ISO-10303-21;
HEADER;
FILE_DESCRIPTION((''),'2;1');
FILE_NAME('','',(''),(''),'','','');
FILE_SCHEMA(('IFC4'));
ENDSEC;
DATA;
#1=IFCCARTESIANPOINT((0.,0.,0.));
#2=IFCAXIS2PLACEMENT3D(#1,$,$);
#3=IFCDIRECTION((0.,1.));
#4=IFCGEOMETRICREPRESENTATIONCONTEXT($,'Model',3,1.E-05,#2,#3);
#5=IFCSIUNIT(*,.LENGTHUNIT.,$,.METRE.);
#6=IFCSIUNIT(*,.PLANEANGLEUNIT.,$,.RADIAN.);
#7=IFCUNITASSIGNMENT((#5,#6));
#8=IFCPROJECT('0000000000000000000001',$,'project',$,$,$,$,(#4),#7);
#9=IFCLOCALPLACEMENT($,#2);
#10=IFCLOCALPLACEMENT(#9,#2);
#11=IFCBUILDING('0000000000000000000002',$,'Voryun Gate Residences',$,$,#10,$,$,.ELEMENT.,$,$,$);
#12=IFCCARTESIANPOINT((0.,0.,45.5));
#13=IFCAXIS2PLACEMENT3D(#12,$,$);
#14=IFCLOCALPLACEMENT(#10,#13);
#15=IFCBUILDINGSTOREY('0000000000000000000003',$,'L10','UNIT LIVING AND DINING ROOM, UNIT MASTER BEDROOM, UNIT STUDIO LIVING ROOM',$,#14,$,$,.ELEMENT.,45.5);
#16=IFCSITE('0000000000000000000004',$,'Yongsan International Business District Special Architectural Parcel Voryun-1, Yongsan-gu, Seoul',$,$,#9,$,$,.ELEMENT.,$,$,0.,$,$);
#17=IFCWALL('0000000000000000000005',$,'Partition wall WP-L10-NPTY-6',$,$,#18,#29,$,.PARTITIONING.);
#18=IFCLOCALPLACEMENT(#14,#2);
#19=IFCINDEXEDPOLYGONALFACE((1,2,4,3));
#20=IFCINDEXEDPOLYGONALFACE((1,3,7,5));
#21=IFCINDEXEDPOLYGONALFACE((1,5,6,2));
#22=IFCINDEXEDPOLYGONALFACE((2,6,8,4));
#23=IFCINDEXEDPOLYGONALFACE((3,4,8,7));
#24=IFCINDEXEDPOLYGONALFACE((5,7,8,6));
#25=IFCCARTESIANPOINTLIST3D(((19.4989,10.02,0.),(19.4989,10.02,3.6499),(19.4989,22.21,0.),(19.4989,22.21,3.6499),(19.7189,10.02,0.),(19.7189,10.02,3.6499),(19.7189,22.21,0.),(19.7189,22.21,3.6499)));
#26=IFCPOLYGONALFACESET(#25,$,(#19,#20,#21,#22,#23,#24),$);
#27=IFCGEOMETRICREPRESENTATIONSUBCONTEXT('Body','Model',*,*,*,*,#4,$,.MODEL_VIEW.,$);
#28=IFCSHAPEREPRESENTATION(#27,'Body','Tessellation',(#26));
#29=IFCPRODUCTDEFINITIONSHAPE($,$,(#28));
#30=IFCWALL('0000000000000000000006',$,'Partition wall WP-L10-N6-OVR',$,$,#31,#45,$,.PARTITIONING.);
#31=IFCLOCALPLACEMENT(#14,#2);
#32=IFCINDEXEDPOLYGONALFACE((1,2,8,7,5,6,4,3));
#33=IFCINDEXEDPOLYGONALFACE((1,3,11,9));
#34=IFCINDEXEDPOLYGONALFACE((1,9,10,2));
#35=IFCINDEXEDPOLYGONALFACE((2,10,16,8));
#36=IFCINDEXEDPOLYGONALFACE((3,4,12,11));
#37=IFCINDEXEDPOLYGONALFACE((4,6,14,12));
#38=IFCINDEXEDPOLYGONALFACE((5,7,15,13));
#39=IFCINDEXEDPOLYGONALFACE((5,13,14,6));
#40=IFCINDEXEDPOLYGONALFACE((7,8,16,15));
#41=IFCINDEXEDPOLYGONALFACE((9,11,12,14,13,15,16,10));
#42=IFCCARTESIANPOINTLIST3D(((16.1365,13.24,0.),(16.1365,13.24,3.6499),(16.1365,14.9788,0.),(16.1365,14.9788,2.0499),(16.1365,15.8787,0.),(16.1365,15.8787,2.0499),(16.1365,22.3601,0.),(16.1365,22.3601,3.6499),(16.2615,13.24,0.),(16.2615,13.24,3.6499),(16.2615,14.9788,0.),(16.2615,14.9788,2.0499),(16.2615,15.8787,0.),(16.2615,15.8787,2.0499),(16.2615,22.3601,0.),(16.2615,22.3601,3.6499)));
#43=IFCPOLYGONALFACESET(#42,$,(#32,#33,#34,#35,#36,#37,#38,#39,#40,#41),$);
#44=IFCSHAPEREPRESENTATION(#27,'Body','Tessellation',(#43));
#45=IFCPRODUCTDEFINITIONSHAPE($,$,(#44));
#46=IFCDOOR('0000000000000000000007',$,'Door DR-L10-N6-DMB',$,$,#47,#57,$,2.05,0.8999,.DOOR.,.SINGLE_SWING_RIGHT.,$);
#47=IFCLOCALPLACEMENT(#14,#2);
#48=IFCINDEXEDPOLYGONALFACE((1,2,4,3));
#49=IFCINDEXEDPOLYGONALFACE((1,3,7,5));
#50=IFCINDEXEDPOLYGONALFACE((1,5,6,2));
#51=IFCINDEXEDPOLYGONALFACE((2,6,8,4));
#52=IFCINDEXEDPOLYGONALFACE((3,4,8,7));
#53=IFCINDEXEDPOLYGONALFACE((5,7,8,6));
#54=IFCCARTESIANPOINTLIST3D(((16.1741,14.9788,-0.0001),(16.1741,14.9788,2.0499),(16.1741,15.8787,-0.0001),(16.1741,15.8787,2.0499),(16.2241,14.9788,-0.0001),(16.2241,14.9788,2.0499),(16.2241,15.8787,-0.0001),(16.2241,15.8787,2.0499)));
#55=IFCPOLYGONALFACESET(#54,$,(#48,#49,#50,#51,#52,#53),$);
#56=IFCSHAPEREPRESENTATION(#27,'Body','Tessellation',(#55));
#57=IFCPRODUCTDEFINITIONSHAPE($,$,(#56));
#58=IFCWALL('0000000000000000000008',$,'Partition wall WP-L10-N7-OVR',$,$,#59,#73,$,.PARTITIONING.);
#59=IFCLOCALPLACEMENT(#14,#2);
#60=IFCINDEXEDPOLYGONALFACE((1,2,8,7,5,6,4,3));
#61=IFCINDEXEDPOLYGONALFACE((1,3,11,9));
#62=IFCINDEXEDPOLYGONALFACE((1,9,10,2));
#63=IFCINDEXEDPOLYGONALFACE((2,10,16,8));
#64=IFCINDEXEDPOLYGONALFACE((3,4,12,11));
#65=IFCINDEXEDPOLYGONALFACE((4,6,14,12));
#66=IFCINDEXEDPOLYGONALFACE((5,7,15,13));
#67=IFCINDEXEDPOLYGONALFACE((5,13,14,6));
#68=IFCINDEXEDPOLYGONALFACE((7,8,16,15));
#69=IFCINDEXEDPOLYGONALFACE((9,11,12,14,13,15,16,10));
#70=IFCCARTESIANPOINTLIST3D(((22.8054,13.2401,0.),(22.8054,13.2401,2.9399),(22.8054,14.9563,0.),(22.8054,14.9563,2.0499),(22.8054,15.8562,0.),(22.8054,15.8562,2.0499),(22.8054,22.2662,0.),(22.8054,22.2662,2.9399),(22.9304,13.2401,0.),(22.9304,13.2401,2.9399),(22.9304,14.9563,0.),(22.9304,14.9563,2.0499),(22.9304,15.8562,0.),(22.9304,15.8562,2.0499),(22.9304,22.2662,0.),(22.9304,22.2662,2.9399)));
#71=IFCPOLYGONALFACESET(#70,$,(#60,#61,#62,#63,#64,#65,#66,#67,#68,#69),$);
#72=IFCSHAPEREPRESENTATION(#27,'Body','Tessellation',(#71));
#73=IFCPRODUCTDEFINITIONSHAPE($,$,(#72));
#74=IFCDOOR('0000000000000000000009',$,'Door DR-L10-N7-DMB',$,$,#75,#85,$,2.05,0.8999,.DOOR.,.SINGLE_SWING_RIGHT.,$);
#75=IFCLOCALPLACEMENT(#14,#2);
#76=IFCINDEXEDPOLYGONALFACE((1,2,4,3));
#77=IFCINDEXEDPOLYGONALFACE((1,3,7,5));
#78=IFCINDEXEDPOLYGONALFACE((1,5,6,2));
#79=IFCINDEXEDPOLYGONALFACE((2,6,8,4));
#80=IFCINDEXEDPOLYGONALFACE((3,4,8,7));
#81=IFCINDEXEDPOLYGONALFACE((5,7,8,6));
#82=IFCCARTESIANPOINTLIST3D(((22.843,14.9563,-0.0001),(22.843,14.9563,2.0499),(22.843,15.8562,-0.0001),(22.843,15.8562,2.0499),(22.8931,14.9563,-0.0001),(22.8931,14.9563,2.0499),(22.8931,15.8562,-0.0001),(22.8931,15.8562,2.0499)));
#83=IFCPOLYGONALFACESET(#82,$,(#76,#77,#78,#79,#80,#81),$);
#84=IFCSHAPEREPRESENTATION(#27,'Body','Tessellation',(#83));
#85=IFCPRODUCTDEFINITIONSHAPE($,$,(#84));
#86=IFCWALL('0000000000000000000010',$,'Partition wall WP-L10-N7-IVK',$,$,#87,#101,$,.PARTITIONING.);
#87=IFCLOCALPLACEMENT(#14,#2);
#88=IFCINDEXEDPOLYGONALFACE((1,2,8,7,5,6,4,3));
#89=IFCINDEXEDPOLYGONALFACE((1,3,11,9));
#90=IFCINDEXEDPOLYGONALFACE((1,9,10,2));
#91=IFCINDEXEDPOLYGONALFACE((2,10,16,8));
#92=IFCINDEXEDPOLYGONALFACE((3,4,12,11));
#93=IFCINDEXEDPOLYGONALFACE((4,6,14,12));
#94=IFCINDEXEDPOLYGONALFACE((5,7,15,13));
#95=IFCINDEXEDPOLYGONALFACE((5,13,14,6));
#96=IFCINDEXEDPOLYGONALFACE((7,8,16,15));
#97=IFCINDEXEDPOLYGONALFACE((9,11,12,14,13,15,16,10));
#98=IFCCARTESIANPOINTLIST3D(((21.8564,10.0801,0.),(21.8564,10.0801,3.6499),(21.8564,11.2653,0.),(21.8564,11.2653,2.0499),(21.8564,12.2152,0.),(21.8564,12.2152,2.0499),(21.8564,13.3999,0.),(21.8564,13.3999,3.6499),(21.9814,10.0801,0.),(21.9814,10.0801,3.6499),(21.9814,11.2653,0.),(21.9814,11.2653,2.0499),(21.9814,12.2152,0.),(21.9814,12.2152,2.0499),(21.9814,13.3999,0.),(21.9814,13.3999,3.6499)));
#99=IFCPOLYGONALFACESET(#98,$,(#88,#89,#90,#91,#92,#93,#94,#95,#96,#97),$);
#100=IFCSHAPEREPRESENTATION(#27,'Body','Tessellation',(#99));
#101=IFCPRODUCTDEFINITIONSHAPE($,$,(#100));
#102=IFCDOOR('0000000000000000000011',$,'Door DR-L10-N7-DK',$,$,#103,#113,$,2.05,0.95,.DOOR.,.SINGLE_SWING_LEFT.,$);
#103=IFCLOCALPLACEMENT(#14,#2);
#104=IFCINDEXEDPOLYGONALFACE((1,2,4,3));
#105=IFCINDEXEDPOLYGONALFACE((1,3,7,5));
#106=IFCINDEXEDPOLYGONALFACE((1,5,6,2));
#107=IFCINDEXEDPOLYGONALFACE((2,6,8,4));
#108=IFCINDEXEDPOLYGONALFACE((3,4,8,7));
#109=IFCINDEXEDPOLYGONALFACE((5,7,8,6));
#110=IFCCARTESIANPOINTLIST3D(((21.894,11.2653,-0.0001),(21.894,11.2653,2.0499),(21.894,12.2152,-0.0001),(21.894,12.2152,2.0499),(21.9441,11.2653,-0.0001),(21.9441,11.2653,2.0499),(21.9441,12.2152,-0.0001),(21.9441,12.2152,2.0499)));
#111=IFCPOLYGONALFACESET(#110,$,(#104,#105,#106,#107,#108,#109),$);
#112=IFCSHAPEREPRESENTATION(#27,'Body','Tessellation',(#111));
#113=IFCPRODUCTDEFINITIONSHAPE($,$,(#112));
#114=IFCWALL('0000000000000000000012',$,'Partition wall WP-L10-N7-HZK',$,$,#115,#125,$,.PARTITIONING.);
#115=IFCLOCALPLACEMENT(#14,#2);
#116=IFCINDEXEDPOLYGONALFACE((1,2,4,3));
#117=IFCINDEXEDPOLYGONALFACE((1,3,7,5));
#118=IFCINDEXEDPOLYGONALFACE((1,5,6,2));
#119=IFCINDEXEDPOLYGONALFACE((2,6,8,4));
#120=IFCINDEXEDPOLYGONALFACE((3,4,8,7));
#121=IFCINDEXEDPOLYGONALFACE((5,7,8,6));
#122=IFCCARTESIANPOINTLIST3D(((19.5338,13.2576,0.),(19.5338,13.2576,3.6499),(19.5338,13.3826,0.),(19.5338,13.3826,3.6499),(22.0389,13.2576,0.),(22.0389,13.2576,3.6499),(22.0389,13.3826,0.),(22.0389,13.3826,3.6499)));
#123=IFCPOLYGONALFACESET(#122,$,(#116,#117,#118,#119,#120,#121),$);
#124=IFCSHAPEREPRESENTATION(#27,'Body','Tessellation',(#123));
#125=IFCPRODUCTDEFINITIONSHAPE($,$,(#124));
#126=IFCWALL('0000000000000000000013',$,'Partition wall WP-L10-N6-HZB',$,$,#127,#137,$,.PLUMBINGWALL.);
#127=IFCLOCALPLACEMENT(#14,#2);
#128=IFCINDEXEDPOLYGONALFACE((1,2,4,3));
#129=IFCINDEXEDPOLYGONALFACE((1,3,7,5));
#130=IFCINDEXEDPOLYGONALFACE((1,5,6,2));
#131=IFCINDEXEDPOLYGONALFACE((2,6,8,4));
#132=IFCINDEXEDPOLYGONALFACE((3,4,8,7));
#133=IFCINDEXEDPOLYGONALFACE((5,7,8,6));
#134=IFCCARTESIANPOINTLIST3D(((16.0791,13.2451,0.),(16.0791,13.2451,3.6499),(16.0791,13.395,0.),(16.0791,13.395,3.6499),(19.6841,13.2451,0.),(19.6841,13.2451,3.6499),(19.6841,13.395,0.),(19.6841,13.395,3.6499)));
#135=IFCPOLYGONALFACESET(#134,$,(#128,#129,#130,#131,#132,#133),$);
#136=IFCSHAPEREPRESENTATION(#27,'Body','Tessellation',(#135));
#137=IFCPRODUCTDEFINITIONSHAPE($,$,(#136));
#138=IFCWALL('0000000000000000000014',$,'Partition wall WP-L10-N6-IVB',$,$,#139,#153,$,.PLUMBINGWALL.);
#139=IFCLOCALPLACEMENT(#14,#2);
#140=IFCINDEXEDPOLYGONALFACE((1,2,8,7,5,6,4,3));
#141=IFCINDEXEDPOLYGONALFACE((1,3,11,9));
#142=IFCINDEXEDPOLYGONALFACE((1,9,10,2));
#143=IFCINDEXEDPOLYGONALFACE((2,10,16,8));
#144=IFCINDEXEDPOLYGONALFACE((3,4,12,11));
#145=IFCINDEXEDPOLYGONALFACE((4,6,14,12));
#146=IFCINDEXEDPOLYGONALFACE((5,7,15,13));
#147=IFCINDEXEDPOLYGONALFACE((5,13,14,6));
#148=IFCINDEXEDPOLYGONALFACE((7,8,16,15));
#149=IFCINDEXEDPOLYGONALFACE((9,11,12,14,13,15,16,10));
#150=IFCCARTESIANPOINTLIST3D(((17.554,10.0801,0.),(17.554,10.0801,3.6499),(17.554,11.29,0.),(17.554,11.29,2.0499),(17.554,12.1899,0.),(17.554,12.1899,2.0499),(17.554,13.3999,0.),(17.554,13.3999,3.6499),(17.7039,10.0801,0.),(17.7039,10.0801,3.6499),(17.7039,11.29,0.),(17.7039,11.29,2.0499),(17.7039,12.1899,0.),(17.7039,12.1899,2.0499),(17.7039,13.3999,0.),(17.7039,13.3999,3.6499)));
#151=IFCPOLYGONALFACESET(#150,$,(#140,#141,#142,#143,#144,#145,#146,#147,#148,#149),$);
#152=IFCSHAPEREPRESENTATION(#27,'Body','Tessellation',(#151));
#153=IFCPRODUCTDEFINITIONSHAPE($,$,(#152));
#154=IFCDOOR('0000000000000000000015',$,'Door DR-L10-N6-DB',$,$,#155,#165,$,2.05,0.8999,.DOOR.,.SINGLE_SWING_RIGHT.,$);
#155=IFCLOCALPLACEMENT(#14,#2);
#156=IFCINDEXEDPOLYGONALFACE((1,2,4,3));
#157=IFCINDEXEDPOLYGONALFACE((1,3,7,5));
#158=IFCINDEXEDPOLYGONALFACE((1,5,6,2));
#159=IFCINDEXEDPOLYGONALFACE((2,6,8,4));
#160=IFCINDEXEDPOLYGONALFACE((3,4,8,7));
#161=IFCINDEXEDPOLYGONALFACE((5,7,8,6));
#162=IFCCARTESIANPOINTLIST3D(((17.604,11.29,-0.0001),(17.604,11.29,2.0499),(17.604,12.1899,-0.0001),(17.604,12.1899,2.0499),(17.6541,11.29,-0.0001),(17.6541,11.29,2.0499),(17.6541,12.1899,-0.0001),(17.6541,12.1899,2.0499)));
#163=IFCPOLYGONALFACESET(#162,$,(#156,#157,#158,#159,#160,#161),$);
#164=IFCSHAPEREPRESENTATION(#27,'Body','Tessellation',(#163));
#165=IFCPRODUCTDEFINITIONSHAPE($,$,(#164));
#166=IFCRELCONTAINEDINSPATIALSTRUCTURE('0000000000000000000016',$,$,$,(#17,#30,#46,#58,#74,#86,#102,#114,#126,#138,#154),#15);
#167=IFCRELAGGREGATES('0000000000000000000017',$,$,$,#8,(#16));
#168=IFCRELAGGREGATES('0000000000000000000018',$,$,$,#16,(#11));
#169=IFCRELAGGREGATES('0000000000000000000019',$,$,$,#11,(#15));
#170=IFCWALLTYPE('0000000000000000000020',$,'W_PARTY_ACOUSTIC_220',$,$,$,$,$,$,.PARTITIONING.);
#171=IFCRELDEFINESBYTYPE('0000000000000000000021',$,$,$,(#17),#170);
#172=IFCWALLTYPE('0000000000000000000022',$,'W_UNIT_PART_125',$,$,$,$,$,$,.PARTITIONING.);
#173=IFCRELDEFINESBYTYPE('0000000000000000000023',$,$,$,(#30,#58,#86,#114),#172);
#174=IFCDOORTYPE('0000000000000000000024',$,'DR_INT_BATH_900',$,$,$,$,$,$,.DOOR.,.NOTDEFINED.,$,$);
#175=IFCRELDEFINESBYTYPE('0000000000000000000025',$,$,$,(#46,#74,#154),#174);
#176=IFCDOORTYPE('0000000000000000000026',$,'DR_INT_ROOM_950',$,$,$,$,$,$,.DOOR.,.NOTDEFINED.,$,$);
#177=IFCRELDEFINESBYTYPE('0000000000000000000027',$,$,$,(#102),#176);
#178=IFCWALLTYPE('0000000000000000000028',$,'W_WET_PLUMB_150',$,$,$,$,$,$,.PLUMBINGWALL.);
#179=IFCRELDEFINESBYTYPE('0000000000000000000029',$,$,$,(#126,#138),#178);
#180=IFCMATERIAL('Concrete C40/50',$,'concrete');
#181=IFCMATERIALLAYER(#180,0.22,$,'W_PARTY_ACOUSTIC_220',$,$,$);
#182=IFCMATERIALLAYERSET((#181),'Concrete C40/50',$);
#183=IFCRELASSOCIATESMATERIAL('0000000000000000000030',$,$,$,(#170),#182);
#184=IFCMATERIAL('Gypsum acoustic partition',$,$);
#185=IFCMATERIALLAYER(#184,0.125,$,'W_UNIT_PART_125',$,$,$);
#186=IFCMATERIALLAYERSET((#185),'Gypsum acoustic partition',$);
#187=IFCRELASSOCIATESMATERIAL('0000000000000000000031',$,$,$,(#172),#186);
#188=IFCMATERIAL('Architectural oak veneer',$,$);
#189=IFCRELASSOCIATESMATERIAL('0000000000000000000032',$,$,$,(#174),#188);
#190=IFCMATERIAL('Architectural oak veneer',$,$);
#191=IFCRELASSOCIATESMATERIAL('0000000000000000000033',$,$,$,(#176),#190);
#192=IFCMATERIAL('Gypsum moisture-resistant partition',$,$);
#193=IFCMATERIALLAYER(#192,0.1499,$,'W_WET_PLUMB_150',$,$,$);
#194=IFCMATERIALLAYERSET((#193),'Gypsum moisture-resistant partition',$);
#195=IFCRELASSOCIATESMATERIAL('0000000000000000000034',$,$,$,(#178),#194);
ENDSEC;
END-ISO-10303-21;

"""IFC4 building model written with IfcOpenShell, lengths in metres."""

from ifc_helpers import new_model, si_unit, direction, frame, frame_2d, origin, place, context, subcontext, project, spatial, rectangle, extrude, material, layer, layer_set, type_object, element, fill, save


model = new_model("IFC4")

# Units and contexts
model_context = context("Model", 3, precision=1e-05, world=origin(), true_north=direction((0.0, 1.0)))
body_context = subcontext(model_context, "Body", "Model", "MODEL_VIEW")
ifc_project = project(units=[si_unit("LENGTHUNIT", "METRE"), si_unit("PLANEANGLEUNIT", "RADIAN")], contexts=[model_context])

# Site, building, storey
site_placement = place(None, origin())
site = spatial("IfcSite", under=ifc_project, at=site_placement, Name="Yongsan International Business District Special Architectural Parcel Voryun-1, Yongsan-gu, Seoul", CompositionType="ELEMENT", RefElevation=0.0)
building_placement = place(site_placement, origin())
building = spatial("IfcBuilding", under=site, at=building_placement, Name="Voryun Gate Residences", CompositionType="ELEMENT")
storey_placement = place(building_placement, frame((0.0, 0.0, 45.5)))
storey = spatial("IfcBuildingStorey", under=building, at=storey_placement, Name="L10", Description="UNIT LIVING AND DINING ROOM, UNIT MASTER BEDROOM, UNIT STUDIO LIVING ROOM", CompositionType="ELEMENT", Elevation=45.5)

# Wall
ifc_material_1 = material(Name="Concrete C40/50", Category="concrete")
ifc_layer_1 = layer(ifc_material_1, 0.22, Name="W_PARTY_ACOUSTIC_220")
ifc_layer_set_1 = layer_set([ifc_layer_1], Name="Concrete C40/50")
wall_type_1 = type_object("IfcWallType", Name="W_PARTY_ACOUSTIC_220", PredefinedType="PARTITIONING", material=ifc_layer_set_1)
wall_1_placement = place(storey_placement, frame((19.6089, 10.02, 0.0), z_axis=(0.0, 0.0, 1.0), x_axis=(0.0, 1.0, 0.0)))
element("IfcWall", 1, at=wall_1_placement, inside=storey, type_object=wall_type_1, Name="Partition wall WP-L10-NPTY-6", PredefinedType="PARTITIONING", context=body_context, shape_type="SweptSolid", body=[
    extrude(rectangle(XDim=12.1899, YDim=0.22, at=frame_2d((6.095, 0.0))), origin(), (0.0, 0.0, 1.0), 3.6499),
])

# Walls, openings, doors
ifc_material_2 = material(Name="Gypsum acoustic partition")
ifc_layer_2 = layer(ifc_material_2, 0.125, Name="W_UNIT_PART_125")
ifc_layer_set_2 = layer_set([ifc_layer_2], Name="Gypsum acoustic partition")
wall_type_2 = type_object("IfcWallType", Name="W_UNIT_PART_125", PredefinedType="PARTITIONING", material=ifc_layer_set_2)
wall_2_placement = place(storey_placement, frame((16.199, 13.24, 0.0), z_axis=(0.0, 0.0, 1.0), x_axis=(0.0, 1.0, 0.0)))
wall_2 = element("IfcWall", 2, at=wall_2_placement, inside=storey, type_object=wall_type_2, Name="Partition wall WP-L10-N6-OVR", PredefinedType="PARTITIONING", context=body_context, shape_type="SweptSolid", body=[
    extrude(rectangle(XDim=9.1201, YDim=0.125, at=frame_2d((4.5601, 0.0))), origin(), (0.0, 0.0, 1.0), 3.6499),
])
opening_1_placement = place(wall_2_placement, frame((1.7388, 0.0, 0.0)))
opening_1 = element("IfcOpeningElement", 3, at=opening_1_placement, cuts=wall_2, PredefinedType="OPENING", context=body_context, shape_type="SweptSolid", body=[
    extrude(rectangle(XDim=0.8999, YDim=2.05, at=frame_2d((0.45, 1.0249))), frame((0.0, 0.0725, 0.0), z_axis=(0.0, -1.0, 0.0), x_axis=(1.0, 0.0, 0.0)), (0.0, 0.0, 1.0), 0.145),
])
ifc_material_3 = material(Name="Architectural oak veneer")
door_type_1 = type_object("IfcDoorType", Name="DR_INT_BATH_900", OperationType="NOTDEFINED", PredefinedType="DOOR", material=ifc_material_3)
door_1_placement = place(opening_1_placement, origin())
door_1 = element("IfcDoor", 4, at=door_1_placement, inside=storey, type_object=door_type_1, Name="Door DR-L10-N6-DMB", OperationType="SINGLE_SWING_RIGHT", OverallHeight=2.05, OverallWidth=0.8999, PredefinedType="DOOR", context=body_context, shape_type="SweptSolid", body=[
    extrude(rectangle(XDim=0.8999, YDim=2.05, at=frame_2d((0.45, 1.0249))), frame((0.0, 0.0249, 0.0), z_axis=(0.0, -1.0, 0.0), x_axis=(1.0, 0.0, 0.0)), (0.0, 0.0, 1.0), 0.05),
])
fill(opening_1, door_1)
wall_3_placement = place(storey_placement, frame((22.8679, 13.24, 0.0), z_axis=(0.0, 0.0, 1.0), x_axis=(0.0, 1.0, 0.0)))
wall_3 = element("IfcWall", 5, at=wall_3_placement, inside=storey, type_object=wall_type_2, Name="Partition wall WP-L10-N7-OVR", PredefinedType="PARTITIONING", context=body_context, shape_type="SweptSolid", body=[
    extrude(rectangle(XDim=9.0261, YDim=0.125, at=frame_2d((4.5132, 0.0))), origin(), (0.0, 0.0, 1.0), 2.9399),
])
opening_2_placement = place(wall_3_placement, frame((1.7163, 0.0, 0.0)))
opening_2 = element("IfcOpeningElement", 6, at=opening_2_placement, cuts=wall_3, PredefinedType="OPENING", context=body_context, shape_type="SweptSolid", body=[
    extrude(rectangle(XDim=0.8999, YDim=2.05, at=frame_2d((0.45, 1.0249))), frame((0.0, 0.0725, 0.0), z_axis=(0.0, -1.0, 0.0), x_axis=(1.0, 0.0, 0.0)), (0.0, 0.0, 1.0), 0.145),
])
door_2_placement = place(opening_2_placement, origin())
door_2 = element("IfcDoor", 7, at=door_2_placement, inside=storey, type_object=door_type_1, Name="Door DR-L10-N7-DMB", OperationType="SINGLE_SWING_RIGHT", OverallHeight=2.05, OverallWidth=0.8999, PredefinedType="DOOR", context=body_context, shape_type="SweptSolid", body=[
    extrude(rectangle(XDim=0.8999, YDim=2.05, at=frame_2d((0.45, 1.0249))), frame((0.0, 0.0249, 0.0), z_axis=(0.0, -1.0, 0.0), x_axis=(1.0, 0.0, 0.0)), (0.0, 0.0, 1.0), 0.05),
])
fill(opening_2, door_2)
wall_4_placement = place(storey_placement, frame((21.9189, 10.0801, 0.0), z_axis=(0.0, 0.0, 1.0), x_axis=(0.0, 1.0, 0.0)))
wall_4 = element("IfcWall", 8, at=wall_4_placement, inside=storey, type_object=wall_type_2, Name="Partition wall WP-L10-N7-IVK", PredefinedType="PARTITIONING", context=body_context, shape_type="SweptSolid", body=[
    extrude(rectangle(XDim=3.3198, YDim=0.125, at=frame_2d((1.6599, 0.0))), origin(), (0.0, 0.0, 1.0), 3.6499),
])
opening_3_placement = place(wall_4_placement, frame((1.1851, 0.0, 0.0)))
opening_3 = element("IfcOpeningElement", 9, at=opening_3_placement, cuts=wall_4, PredefinedType="OPENING", context=body_context, shape_type="SweptSolid", body=[
    extrude(rectangle(XDim=0.95, YDim=2.05, at=frame_2d((0.4751, 1.0249))), frame((0.0, 0.0725, 0.0), z_axis=(0.0, -1.0, 0.0), x_axis=(1.0, 0.0, 0.0)), (0.0, 0.0, 1.0), 0.145),
])
ifc_material_4 = material(Name="Architectural oak veneer")
door_type_2 = type_object("IfcDoorType", Name="DR_INT_ROOM_950", OperationType="NOTDEFINED", PredefinedType="DOOR", material=ifc_material_4)
door_3_placement = place(opening_3_placement, origin())
door_3 = element("IfcDoor", 10, at=door_3_placement, inside=storey, type_object=door_type_2, Name="Door DR-L10-N7-DK", OperationType="SINGLE_SWING_LEFT", OverallHeight=2.05, OverallWidth=0.95, PredefinedType="DOOR", context=body_context, shape_type="SweptSolid", body=[
    extrude(rectangle(XDim=0.95, YDim=2.05, at=frame_2d((0.4751, 1.0249))), frame((0.0, 0.0249, 0.0), z_axis=(0.0, -1.0, 0.0), x_axis=(1.0, 0.0, 0.0)), (0.0, 0.0, 1.0), 0.05),
])
fill(opening_3, door_3)

# Walls
wall_5_placement = place(storey_placement, frame((19.5339, 13.3201, 0.0), z_axis=(0.0, 0.0, 1.0), x_axis=(1.0, 0.0, 0.0)))
element("IfcWall", 11, at=wall_5_placement, inside=storey, type_object=wall_type_2, Name="Partition wall WP-L10-N7-HZK", PredefinedType="PARTITIONING", context=body_context, shape_type="SweptSolid", body=[
    extrude(rectangle(XDim=2.5051, YDim=0.125, at=frame_2d((1.2524, 0.0))), origin(), (0.0, 0.0, 1.0), 3.6499),
])
ifc_material_5 = material(Name="Gypsum moisture-resistant partition")
ifc_layer_3 = layer(ifc_material_5, 0.1499, Name="W_WET_PLUMB_150")
ifc_layer_set_3 = layer_set([ifc_layer_3], Name="Gypsum moisture-resistant partition")
wall_type_3 = type_object("IfcWallType", Name="W_WET_PLUMB_150", PredefinedType="PLUMBINGWALL", material=ifc_layer_set_3)
wall_6_placement = place(storey_placement, frame((16.0791, 13.3201, 0.0), z_axis=(0.0, 0.0, 1.0), x_axis=(1.0, 0.0, 0.0)))
element("IfcWall", 12, at=wall_6_placement, inside=storey, type_object=wall_type_3, Name="Partition wall WP-L10-N6-HZB", PredefinedType="PLUMBINGWALL", context=body_context, shape_type="SweptSolid", body=[
    extrude(rectangle(XDim=3.605, YDim=0.1499, at=frame_2d((1.8025, 0.0))), origin(), (0.0, 0.0, 1.0), 3.6499),
])

# Wall, opening, door
wall_7_placement = place(storey_placement, frame((17.6289, 10.0801, 0.0), z_axis=(0.0, 0.0, 1.0), x_axis=(0.0, 1.0, 0.0)))
wall_7 = element("IfcWall", 13, at=wall_7_placement, inside=storey, type_object=wall_type_3, Name="Partition wall WP-L10-N6-IVB", PredefinedType="PLUMBINGWALL", context=body_context, shape_type="SweptSolid", body=[
    extrude(rectangle(XDim=3.3198, YDim=0.1499, at=frame_2d((1.6599, 0.0))), origin(), (0.0, 0.0, 1.0), 3.6499),
])
opening_4_placement = place(wall_7_placement, frame((1.21, 0.0, 0.0)))
opening_4 = element("IfcOpeningElement", 14, at=opening_4_placement, cuts=wall_7, PredefinedType="OPENING", context=body_context, shape_type="SweptSolid", body=[
    extrude(rectangle(XDim=0.8999, YDim=2.05, at=frame_2d((0.45, 1.0249))), frame((0.0, 0.085, 0.0), z_axis=(0.0, -1.0, 0.0), x_axis=(1.0, 0.0, 0.0)), (0.0, 0.0, 1.0), 0.1699),
])
door_4_placement = place(opening_4_placement, origin())
door_4 = element("IfcDoor", 15, at=door_4_placement, inside=storey, type_object=door_type_1, Name="Door DR-L10-N6-DB", OperationType="SINGLE_SWING_RIGHT", OverallHeight=2.05, OverallWidth=0.8999, PredefinedType="DOOR", context=body_context, shape_type="SweptSolid", body=[
    extrude(rectangle(XDim=0.8999, YDim=2.05, at=frame_2d((0.45, 1.0249))), frame((0.0, 0.0249, 0.0), z_axis=(0.0, -1.0, 0.0), x_axis=(1.0, 0.0, 0.0)), (0.0, 0.0, 1.0), 0.05),
])
fill(opening_4, door_4)

save(model, "model.ifc")
